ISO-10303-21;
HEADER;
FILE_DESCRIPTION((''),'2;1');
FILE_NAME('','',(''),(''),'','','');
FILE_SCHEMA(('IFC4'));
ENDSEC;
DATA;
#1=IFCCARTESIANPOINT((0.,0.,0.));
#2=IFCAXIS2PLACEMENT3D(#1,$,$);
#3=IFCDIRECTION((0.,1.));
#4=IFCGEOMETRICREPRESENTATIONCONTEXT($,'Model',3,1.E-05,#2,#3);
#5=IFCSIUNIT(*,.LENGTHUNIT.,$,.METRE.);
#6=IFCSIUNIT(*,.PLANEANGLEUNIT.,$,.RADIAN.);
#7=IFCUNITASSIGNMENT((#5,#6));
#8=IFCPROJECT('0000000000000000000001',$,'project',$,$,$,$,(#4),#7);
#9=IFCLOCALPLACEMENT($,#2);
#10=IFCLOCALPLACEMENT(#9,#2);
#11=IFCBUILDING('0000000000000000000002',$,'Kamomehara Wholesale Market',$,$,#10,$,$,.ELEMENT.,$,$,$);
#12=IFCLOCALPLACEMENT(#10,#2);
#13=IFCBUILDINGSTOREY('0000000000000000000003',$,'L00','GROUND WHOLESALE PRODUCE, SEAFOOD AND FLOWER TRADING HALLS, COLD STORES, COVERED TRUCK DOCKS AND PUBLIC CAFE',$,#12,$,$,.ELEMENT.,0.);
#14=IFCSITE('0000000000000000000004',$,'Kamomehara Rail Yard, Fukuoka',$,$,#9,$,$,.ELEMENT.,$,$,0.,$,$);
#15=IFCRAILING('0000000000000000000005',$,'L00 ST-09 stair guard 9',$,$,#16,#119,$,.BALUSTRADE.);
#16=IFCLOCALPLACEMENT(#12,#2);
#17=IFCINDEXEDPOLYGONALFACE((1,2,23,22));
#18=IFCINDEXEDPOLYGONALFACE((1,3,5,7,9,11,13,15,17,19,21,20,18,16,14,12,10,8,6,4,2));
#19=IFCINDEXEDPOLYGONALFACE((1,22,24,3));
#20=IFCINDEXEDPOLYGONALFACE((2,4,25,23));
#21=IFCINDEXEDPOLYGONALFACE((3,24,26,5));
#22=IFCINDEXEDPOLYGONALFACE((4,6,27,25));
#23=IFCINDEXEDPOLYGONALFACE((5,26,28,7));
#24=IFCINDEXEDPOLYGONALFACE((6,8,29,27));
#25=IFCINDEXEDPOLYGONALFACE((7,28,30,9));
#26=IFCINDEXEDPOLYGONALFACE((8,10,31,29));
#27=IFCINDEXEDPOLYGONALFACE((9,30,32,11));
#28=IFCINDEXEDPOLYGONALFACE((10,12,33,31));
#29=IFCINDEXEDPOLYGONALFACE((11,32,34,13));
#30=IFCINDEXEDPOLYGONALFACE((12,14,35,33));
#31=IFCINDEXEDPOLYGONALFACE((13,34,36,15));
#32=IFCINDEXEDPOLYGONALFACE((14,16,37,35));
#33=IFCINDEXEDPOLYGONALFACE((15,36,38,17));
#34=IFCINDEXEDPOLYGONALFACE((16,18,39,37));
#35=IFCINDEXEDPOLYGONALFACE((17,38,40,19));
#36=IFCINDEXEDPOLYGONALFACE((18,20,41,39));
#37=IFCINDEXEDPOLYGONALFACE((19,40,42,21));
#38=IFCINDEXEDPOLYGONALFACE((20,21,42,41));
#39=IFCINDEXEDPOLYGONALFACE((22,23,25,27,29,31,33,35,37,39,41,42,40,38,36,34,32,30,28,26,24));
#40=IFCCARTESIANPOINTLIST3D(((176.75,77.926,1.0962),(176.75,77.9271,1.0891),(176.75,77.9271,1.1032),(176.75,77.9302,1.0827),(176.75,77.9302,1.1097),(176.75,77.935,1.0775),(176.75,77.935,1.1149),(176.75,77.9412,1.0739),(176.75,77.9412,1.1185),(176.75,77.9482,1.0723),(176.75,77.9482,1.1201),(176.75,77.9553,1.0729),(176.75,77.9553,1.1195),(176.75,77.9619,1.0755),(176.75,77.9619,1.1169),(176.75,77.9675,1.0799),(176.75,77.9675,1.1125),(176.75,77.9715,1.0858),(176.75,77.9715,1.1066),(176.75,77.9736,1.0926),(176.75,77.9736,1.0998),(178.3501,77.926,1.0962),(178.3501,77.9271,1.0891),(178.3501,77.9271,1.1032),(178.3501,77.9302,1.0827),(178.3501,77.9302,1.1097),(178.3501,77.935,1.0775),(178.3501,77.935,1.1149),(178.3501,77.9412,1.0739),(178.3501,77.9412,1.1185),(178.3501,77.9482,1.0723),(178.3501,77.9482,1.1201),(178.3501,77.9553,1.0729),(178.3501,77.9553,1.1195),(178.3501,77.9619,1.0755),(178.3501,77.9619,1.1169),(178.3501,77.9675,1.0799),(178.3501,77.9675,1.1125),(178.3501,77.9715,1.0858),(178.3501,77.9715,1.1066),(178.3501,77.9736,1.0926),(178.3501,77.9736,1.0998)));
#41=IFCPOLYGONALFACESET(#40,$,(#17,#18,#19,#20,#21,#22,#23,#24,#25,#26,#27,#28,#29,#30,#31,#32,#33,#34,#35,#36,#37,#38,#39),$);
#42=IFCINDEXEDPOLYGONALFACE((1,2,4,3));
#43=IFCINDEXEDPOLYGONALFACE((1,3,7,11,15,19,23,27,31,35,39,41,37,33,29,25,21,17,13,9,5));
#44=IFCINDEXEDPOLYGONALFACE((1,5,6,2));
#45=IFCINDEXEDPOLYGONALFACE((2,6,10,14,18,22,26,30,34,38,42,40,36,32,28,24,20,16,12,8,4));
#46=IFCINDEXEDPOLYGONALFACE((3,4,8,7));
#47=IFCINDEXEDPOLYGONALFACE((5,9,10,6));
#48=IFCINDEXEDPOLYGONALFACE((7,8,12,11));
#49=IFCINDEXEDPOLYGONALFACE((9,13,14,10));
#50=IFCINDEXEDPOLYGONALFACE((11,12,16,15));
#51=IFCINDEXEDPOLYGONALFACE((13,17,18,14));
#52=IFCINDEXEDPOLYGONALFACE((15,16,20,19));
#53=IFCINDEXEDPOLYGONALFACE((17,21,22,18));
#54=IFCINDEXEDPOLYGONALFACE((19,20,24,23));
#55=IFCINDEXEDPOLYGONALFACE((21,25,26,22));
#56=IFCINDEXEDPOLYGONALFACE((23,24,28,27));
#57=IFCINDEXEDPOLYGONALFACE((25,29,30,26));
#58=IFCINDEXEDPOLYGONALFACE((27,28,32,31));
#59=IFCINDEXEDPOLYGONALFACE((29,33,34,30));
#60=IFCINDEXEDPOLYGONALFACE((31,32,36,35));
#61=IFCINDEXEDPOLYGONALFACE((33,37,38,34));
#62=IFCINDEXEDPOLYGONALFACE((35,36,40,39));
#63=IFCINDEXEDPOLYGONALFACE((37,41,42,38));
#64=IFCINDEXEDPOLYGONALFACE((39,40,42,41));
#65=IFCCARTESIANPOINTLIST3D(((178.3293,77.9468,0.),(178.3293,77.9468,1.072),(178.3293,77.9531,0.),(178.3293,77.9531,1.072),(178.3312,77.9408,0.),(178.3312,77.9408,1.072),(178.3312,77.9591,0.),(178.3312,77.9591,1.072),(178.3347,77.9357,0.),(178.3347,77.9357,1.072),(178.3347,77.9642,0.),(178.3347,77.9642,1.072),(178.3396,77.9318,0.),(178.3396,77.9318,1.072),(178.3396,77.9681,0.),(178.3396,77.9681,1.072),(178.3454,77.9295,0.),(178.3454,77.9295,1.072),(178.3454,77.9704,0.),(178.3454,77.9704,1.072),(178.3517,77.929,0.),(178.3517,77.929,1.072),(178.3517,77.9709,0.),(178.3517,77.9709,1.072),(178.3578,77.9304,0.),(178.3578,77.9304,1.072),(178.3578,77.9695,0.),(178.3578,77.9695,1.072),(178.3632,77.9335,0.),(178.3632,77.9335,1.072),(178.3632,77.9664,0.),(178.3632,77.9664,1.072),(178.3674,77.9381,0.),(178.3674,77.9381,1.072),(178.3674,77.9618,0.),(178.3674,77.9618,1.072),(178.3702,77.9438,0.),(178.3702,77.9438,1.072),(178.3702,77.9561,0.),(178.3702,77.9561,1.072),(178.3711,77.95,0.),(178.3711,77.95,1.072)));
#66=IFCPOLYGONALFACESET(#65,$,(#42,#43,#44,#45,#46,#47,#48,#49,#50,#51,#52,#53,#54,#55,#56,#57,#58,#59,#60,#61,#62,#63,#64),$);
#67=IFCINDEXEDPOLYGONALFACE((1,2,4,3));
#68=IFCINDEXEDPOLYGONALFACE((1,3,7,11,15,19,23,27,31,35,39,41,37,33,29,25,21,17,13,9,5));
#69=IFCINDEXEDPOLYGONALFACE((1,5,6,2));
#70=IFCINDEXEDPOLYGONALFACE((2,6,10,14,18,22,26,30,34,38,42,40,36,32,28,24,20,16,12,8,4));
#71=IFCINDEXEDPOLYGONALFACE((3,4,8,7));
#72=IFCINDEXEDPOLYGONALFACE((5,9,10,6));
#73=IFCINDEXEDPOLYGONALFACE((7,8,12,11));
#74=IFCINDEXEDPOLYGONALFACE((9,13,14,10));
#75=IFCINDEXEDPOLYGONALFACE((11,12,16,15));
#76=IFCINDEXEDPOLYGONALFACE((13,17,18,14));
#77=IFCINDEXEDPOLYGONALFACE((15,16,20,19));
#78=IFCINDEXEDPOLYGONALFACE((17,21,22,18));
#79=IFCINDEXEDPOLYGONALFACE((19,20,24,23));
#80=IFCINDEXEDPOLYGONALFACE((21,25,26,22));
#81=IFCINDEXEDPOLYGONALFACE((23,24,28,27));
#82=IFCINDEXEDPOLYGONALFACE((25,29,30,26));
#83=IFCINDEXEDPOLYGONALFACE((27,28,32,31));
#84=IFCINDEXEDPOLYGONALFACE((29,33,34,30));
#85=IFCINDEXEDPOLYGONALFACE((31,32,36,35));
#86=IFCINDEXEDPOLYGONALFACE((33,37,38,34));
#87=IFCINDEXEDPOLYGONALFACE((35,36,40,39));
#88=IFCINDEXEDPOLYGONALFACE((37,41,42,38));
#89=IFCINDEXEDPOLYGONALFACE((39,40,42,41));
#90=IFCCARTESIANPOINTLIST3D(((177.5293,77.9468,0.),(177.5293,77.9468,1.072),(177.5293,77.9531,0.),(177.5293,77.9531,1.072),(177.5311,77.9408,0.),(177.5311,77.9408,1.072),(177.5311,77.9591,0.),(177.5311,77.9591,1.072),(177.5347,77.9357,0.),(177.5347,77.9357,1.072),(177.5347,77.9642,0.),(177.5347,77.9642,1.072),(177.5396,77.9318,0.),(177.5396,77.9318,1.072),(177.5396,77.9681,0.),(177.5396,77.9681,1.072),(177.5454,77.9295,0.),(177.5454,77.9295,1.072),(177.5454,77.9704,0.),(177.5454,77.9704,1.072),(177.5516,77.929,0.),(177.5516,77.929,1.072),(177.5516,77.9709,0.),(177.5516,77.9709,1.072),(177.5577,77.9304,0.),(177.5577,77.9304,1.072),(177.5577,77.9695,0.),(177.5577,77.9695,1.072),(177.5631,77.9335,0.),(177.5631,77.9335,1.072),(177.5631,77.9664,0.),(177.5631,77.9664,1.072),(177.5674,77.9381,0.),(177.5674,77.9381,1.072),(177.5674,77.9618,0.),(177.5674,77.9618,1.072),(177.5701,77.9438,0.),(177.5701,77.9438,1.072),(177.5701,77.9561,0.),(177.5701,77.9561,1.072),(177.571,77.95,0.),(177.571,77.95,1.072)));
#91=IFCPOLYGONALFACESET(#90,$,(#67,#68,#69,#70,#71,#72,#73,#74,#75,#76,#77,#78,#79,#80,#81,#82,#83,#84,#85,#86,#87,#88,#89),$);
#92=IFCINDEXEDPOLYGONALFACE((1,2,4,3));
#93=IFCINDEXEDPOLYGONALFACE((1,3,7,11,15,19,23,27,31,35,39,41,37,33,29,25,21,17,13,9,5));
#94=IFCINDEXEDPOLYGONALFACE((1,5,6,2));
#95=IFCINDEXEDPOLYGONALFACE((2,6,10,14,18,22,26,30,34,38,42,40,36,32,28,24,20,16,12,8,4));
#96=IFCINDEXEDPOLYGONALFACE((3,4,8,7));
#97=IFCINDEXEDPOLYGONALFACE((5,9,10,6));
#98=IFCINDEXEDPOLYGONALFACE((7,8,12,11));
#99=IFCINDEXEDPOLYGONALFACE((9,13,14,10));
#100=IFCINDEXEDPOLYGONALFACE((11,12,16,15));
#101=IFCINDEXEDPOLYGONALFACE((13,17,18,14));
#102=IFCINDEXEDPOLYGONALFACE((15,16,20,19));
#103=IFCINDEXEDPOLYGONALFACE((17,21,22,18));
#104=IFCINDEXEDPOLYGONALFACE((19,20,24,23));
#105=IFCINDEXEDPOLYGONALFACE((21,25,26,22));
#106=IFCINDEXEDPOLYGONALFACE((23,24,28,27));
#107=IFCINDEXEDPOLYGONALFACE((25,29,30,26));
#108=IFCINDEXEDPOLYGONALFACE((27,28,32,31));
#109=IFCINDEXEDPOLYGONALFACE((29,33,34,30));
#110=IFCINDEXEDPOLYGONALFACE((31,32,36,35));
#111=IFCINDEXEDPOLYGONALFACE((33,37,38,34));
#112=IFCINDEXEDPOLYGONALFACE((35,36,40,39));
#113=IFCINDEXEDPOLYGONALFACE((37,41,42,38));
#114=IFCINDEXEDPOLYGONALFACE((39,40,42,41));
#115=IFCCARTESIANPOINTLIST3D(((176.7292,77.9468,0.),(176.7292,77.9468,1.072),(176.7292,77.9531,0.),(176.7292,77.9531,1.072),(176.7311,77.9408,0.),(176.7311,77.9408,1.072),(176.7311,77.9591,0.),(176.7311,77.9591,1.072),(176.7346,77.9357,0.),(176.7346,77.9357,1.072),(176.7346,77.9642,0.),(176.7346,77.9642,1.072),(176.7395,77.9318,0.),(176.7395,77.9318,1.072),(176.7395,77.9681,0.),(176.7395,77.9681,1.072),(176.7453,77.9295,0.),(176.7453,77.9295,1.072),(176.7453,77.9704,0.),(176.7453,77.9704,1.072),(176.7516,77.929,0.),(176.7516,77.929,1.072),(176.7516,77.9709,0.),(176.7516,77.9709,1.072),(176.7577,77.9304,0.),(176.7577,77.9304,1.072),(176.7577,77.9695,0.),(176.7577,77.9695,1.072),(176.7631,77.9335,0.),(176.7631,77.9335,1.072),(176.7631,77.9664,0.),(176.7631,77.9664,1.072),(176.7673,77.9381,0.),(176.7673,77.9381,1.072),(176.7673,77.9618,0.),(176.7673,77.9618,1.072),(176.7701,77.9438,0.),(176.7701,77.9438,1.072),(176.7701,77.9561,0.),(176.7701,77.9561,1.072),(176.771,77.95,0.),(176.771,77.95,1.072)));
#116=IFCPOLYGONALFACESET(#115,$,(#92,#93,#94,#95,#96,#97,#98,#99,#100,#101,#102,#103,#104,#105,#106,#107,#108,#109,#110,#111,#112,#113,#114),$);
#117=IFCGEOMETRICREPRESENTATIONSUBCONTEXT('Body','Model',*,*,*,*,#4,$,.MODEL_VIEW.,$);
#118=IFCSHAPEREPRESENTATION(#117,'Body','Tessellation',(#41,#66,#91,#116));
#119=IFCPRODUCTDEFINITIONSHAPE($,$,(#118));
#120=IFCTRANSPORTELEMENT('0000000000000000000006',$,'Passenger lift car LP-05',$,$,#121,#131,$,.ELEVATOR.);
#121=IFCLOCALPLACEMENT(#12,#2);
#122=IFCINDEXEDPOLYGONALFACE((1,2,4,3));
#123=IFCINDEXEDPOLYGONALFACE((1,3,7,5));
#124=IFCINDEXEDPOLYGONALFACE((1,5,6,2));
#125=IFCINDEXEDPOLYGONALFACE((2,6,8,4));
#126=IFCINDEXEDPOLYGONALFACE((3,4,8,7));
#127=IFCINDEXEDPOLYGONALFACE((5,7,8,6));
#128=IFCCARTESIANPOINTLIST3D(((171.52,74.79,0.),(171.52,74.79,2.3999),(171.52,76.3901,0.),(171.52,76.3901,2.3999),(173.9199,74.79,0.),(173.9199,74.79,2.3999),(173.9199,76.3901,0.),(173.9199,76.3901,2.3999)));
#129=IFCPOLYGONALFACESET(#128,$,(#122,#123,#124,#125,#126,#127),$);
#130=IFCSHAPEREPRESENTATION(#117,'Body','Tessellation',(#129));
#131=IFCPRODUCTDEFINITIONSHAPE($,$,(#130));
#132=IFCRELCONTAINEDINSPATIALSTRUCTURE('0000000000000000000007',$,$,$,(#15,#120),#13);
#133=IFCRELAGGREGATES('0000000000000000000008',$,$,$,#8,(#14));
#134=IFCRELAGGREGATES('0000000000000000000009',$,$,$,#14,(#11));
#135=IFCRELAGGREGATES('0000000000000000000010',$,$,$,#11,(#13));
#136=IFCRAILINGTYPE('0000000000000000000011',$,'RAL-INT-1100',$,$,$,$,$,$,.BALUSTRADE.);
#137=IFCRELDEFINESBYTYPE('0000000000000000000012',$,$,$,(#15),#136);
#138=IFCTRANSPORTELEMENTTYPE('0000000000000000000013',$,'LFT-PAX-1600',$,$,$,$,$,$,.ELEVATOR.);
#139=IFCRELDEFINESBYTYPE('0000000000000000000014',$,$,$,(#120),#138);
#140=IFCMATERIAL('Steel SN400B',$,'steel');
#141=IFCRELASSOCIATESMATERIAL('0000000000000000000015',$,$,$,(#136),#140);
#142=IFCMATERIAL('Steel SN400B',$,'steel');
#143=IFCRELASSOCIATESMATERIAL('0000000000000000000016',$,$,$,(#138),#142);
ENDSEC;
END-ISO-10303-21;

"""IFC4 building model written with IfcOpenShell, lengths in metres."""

from ifc_helpers import new_model, si_unit, direction, frame, origin, origin_2d, place, context, subcontext, project, spatial, rectangle, circle, extrude, material, type_object, element, save


model = new_model("IFC4")

# Units and contexts
model_context = context("Model", 3, precision=1e-05, world=origin(), true_north=direction((0.0, 1.0)))
body_context = subcontext(model_context, "Body", "Model", "MODEL_VIEW")
ifc_project = project(units=[si_unit("LENGTHUNIT", "METRE"), si_unit("PLANEANGLEUNIT", "RADIAN")], contexts=[model_context])

# Site, building, storey
site_placement = place(None, origin())
site = spatial("IfcSite", under=ifc_project, at=site_placement, Name="Kamomehara Rail Yard, Fukuoka", CompositionType="ELEMENT", RefElevation=0.0)
building_placement = place(site_placement, origin())
building = spatial("IfcBuilding", under=site, at=building_placement, Name="Kamomehara Wholesale Market", CompositionType="ELEMENT")
storey_placement = place(building_placement, origin())
storey = spatial("IfcBuildingStorey", under=building, at=storey_placement, Name="L00", Description="GROUND WHOLESALE PRODUCE, SEAFOOD AND FLOWER TRADING HALLS, COLD STORES, COVERED TRUCK DOCKS AND PUBLIC CAFE", CompositionType="ELEMENT", Elevation=0.0)

# Railing
ifc_material_1 = material(Name="Steel SN400B", Category="steel")
railing_type_1 = type_object("IfcRailingType", Name="RAL-INT-1100", PredefinedType="BALUSTRADE", material=ifc_material_1)
for number, where, name in (
    (1, (178.3501, 77.95, 0.0), "L00 ST-09 stair guard 9"),
):
    element("IfcRailing", number, at=place(storey_placement, frame(where)), inside=storey, type_object=railing_type_1, Name=name, PredefinedType="BALUSTRADE", context=body_context, shape_type="SweptSolid", body=[
        extrude(circle(Radius=0.0239, at=origin_2d()), frame((0.0, 0.0, 1.0962), z_axis=(-1.0, 0.0, 0.0), x_axis=(0.0, -1.0, 0.0)), (0.0, 0.0, 1.0), 1.6001),
        extrude(circle(Radius=0.021, at=origin_2d()), origin(), (0.0, 0.0, 1.0), 1.072),
        extrude(circle(Radius=0.021, at=origin_2d()), frame((-0.8, 0.0, 0.0)), (0.0, 0.0, 1.0), 1.072),
        extrude(circle(Radius=0.021, at=origin_2d()), frame((-1.6001, 0.0, 0.0)), (0.0, 0.0, 1.0), 1.072),
    ])

# Transport element
ifc_material_2 = material(Name="Steel SN400B", Category="steel")
transport_element_type = type_object("IfcTransportElementType", Name="LFT-PAX-1600", PredefinedType="ELEVATOR", material=ifc_material_2)
transport_element_placement = place(storey_placement, frame((172.72, 75.5901, 0.0), z_axis=(0.0, 0.0, 1.0), x_axis=(0.0, 1.0, 0.0)))
element("IfcTransportElement", 2, at=transport_element_placement, inside=storey, type_object=transport_element_type, Name="Passenger lift car LP-05", PredefinedType="ELEVATOR", context=body_context, shape_type="SweptSolid", body=[
    extrude(rectangle(XDim=1.6001, YDim=2.3999, at=origin_2d()), origin(), (0.0, 0.0, 1.0), 2.3999),
])

save(model, "model.ifc")
